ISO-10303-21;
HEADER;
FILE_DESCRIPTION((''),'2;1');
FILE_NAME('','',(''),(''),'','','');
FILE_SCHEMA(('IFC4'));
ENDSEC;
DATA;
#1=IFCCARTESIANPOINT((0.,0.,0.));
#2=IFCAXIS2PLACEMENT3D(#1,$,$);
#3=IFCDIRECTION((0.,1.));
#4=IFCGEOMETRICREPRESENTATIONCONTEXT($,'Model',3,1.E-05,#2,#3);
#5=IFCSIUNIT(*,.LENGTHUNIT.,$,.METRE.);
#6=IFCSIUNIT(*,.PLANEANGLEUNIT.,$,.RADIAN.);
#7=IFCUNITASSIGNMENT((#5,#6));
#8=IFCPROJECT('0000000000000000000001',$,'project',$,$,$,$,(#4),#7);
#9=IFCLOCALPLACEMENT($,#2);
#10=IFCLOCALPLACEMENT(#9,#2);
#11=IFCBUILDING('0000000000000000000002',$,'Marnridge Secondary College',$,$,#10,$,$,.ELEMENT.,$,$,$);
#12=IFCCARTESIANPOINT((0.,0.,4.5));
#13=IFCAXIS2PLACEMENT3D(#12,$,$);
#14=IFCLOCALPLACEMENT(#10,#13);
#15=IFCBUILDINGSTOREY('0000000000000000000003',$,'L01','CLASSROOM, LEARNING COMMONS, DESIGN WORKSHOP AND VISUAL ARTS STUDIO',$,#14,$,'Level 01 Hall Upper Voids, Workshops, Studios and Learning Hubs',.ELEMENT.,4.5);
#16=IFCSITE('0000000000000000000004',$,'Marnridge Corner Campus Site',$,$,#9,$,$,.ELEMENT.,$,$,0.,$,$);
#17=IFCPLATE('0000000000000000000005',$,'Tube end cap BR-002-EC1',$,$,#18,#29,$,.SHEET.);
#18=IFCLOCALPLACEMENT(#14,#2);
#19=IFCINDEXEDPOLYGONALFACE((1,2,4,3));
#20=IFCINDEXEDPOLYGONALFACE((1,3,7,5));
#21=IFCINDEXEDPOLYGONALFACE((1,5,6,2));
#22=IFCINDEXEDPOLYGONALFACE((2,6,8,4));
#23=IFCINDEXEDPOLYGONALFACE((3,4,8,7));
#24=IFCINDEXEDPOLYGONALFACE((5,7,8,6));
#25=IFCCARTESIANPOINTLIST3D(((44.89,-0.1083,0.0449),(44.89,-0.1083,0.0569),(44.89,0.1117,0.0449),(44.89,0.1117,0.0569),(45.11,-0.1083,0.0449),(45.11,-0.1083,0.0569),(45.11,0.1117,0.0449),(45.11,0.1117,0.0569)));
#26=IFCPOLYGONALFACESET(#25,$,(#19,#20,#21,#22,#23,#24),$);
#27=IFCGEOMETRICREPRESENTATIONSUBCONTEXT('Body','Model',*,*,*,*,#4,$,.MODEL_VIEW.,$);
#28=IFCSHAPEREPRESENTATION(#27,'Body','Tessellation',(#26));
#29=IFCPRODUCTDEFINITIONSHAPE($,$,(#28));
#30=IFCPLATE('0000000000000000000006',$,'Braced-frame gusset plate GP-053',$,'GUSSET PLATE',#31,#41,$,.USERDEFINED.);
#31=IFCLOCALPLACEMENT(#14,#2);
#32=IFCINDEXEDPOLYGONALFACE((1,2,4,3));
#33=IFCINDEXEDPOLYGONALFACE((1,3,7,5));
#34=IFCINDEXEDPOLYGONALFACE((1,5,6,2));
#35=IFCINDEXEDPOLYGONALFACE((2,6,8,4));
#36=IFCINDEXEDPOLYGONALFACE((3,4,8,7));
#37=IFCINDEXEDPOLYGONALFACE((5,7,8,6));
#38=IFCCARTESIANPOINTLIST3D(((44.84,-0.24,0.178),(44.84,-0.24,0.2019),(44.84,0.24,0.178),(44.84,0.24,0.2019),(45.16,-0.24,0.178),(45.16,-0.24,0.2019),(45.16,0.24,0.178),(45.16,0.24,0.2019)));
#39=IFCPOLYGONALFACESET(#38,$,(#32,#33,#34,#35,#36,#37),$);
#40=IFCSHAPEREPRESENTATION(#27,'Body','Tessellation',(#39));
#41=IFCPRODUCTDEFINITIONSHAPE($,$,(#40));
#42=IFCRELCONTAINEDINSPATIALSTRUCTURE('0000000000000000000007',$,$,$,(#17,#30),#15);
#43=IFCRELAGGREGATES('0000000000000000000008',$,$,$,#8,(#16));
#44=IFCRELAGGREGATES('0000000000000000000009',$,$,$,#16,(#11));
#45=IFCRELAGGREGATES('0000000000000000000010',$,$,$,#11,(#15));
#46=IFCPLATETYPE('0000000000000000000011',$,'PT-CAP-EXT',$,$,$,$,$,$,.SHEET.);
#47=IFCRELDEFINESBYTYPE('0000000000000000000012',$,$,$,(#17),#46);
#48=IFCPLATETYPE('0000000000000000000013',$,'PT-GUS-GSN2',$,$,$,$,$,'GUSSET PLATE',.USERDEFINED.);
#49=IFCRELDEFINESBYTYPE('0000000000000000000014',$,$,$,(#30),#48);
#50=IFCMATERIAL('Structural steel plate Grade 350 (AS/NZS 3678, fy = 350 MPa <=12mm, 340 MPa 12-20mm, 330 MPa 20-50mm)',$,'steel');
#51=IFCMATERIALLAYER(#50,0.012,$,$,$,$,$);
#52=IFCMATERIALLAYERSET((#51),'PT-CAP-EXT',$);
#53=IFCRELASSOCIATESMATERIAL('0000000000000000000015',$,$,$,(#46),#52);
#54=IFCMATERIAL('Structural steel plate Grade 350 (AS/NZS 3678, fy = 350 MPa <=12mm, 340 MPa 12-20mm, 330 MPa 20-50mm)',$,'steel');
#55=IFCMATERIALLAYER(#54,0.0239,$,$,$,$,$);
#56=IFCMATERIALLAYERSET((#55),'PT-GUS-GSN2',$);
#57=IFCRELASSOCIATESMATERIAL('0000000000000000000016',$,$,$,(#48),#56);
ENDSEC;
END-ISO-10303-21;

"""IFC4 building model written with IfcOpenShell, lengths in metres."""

from ifc_helpers import new_model, si_unit, direction, frame, origin, origin_2d, place, context, subcontext, project, spatial, rectangle, extrude, material, layer, layer_set, type_object, element, save


model = new_model("IFC4")

# Units and contexts
model_context = context("Model", 3, precision=1e-05, world=origin(), true_north=direction((0.0, 1.0)))
body_context = subcontext(model_context, "Body", "Model", "MODEL_VIEW")
ifc_project = project(units=[si_unit("LENGTHUNIT", "METRE"), si_unit("PLANEANGLEUNIT", "RADIAN")], contexts=[model_context])

# Site, building, storey
site_placement = place(None, origin())
site = spatial("IfcSite", under=ifc_project, at=site_placement, Name="Marnridge Corner Campus Site", CompositionType="ELEMENT", RefElevation=0.0)
building_placement = place(site_placement, origin())
building = spatial("IfcBuilding", under=site, at=building_placement, Name="Marnridge Secondary College", CompositionType="ELEMENT")
storey_placement = place(building_placement, frame((0.0, 0.0, 4.5)))
storey = spatial("IfcBuildingStorey", under=building, at=storey_placement, Name="L01", Description="CLASSROOM, LEARNING COMMONS, DESIGN WORKSHOP AND VISUAL ARTS STUDIO", LongName="Level 01 Hall Upper Voids, Workshops, Studios and Learning Hubs", CompositionType="ELEMENT", Elevation=4.5)

# Plates
ifc_material_1 = material(Name="Structural steel plate Grade 350 (AS/NZS 3678, fy = 350 MPa <=12mm, 340 MPa 12-20mm, 330 MPa 20-50mm)", Category="steel")
ifc_layer_1 = layer(ifc_material_1, 0.012)
ifc_layer_set_1 = layer_set([ifc_layer_1], Name="PT-CAP-EXT")
plate_type_1 = type_object("IfcPlateType", Name="PT-CAP-EXT", PredefinedType="SHEET", material=ifc_layer_set_1)
plate_1_placement = place(storey_placement, frame((45.0, 0.0017, 0.0449), z_axis=(0.0, 0.0, 1.0), x_axis=(0.0, 1.0, 0.0)))
element("IfcPlate", 1, at=plate_1_placement, inside=storey, type_object=plate_type_1, Name="Tube end cap BR-002-EC1", PredefinedType="SHEET", context=body_context, shape_type="SweptSolid", body=[
    extrude(rectangle(XDim=0.22, YDim=0.22, at=origin_2d()), origin(), (0.0, 0.0, 1.0), 0.012),
])
ifc_material_2 = material(Name="Structural steel plate Grade 350 (AS/NZS 3678, fy = 350 MPa <=12mm, 340 MPa 12-20mm, 330 MPa 20-50mm)", Category="steel")
ifc_layer_2 = layer(ifc_material_2, 0.0239)
ifc_layer_set_2 = layer_set([ifc_layer_2], Name="PT-GUS-GSN2")
plate_type_2 = type_object("IfcPlateType", Name="PT-GUS-GSN2", ElementType="GUSSET PLATE", PredefinedType="USERDEFINED", material=ifc_layer_set_2)
plate_2_placement = place(storey_placement, frame((45.0, 0.0, 0.178), z_axis=(0.0, 0.0, 1.0), x_axis=(0.0, 1.0, 0.0)))
element("IfcPlate", 2, at=plate_2_placement, inside=storey, type_object=plate_type_2, Name="Braced-frame gusset plate GP-053", ObjectType="GUSSET PLATE", PredefinedType="USERDEFINED", context=body_context, shape_type="SweptSolid", body=[
    extrude(rectangle(XDim=0.48, YDim=0.3201, at=origin_2d()), origin(), (0.0, 0.0, 1.0), 0.0239),
])

save(model, "model.ifc")
